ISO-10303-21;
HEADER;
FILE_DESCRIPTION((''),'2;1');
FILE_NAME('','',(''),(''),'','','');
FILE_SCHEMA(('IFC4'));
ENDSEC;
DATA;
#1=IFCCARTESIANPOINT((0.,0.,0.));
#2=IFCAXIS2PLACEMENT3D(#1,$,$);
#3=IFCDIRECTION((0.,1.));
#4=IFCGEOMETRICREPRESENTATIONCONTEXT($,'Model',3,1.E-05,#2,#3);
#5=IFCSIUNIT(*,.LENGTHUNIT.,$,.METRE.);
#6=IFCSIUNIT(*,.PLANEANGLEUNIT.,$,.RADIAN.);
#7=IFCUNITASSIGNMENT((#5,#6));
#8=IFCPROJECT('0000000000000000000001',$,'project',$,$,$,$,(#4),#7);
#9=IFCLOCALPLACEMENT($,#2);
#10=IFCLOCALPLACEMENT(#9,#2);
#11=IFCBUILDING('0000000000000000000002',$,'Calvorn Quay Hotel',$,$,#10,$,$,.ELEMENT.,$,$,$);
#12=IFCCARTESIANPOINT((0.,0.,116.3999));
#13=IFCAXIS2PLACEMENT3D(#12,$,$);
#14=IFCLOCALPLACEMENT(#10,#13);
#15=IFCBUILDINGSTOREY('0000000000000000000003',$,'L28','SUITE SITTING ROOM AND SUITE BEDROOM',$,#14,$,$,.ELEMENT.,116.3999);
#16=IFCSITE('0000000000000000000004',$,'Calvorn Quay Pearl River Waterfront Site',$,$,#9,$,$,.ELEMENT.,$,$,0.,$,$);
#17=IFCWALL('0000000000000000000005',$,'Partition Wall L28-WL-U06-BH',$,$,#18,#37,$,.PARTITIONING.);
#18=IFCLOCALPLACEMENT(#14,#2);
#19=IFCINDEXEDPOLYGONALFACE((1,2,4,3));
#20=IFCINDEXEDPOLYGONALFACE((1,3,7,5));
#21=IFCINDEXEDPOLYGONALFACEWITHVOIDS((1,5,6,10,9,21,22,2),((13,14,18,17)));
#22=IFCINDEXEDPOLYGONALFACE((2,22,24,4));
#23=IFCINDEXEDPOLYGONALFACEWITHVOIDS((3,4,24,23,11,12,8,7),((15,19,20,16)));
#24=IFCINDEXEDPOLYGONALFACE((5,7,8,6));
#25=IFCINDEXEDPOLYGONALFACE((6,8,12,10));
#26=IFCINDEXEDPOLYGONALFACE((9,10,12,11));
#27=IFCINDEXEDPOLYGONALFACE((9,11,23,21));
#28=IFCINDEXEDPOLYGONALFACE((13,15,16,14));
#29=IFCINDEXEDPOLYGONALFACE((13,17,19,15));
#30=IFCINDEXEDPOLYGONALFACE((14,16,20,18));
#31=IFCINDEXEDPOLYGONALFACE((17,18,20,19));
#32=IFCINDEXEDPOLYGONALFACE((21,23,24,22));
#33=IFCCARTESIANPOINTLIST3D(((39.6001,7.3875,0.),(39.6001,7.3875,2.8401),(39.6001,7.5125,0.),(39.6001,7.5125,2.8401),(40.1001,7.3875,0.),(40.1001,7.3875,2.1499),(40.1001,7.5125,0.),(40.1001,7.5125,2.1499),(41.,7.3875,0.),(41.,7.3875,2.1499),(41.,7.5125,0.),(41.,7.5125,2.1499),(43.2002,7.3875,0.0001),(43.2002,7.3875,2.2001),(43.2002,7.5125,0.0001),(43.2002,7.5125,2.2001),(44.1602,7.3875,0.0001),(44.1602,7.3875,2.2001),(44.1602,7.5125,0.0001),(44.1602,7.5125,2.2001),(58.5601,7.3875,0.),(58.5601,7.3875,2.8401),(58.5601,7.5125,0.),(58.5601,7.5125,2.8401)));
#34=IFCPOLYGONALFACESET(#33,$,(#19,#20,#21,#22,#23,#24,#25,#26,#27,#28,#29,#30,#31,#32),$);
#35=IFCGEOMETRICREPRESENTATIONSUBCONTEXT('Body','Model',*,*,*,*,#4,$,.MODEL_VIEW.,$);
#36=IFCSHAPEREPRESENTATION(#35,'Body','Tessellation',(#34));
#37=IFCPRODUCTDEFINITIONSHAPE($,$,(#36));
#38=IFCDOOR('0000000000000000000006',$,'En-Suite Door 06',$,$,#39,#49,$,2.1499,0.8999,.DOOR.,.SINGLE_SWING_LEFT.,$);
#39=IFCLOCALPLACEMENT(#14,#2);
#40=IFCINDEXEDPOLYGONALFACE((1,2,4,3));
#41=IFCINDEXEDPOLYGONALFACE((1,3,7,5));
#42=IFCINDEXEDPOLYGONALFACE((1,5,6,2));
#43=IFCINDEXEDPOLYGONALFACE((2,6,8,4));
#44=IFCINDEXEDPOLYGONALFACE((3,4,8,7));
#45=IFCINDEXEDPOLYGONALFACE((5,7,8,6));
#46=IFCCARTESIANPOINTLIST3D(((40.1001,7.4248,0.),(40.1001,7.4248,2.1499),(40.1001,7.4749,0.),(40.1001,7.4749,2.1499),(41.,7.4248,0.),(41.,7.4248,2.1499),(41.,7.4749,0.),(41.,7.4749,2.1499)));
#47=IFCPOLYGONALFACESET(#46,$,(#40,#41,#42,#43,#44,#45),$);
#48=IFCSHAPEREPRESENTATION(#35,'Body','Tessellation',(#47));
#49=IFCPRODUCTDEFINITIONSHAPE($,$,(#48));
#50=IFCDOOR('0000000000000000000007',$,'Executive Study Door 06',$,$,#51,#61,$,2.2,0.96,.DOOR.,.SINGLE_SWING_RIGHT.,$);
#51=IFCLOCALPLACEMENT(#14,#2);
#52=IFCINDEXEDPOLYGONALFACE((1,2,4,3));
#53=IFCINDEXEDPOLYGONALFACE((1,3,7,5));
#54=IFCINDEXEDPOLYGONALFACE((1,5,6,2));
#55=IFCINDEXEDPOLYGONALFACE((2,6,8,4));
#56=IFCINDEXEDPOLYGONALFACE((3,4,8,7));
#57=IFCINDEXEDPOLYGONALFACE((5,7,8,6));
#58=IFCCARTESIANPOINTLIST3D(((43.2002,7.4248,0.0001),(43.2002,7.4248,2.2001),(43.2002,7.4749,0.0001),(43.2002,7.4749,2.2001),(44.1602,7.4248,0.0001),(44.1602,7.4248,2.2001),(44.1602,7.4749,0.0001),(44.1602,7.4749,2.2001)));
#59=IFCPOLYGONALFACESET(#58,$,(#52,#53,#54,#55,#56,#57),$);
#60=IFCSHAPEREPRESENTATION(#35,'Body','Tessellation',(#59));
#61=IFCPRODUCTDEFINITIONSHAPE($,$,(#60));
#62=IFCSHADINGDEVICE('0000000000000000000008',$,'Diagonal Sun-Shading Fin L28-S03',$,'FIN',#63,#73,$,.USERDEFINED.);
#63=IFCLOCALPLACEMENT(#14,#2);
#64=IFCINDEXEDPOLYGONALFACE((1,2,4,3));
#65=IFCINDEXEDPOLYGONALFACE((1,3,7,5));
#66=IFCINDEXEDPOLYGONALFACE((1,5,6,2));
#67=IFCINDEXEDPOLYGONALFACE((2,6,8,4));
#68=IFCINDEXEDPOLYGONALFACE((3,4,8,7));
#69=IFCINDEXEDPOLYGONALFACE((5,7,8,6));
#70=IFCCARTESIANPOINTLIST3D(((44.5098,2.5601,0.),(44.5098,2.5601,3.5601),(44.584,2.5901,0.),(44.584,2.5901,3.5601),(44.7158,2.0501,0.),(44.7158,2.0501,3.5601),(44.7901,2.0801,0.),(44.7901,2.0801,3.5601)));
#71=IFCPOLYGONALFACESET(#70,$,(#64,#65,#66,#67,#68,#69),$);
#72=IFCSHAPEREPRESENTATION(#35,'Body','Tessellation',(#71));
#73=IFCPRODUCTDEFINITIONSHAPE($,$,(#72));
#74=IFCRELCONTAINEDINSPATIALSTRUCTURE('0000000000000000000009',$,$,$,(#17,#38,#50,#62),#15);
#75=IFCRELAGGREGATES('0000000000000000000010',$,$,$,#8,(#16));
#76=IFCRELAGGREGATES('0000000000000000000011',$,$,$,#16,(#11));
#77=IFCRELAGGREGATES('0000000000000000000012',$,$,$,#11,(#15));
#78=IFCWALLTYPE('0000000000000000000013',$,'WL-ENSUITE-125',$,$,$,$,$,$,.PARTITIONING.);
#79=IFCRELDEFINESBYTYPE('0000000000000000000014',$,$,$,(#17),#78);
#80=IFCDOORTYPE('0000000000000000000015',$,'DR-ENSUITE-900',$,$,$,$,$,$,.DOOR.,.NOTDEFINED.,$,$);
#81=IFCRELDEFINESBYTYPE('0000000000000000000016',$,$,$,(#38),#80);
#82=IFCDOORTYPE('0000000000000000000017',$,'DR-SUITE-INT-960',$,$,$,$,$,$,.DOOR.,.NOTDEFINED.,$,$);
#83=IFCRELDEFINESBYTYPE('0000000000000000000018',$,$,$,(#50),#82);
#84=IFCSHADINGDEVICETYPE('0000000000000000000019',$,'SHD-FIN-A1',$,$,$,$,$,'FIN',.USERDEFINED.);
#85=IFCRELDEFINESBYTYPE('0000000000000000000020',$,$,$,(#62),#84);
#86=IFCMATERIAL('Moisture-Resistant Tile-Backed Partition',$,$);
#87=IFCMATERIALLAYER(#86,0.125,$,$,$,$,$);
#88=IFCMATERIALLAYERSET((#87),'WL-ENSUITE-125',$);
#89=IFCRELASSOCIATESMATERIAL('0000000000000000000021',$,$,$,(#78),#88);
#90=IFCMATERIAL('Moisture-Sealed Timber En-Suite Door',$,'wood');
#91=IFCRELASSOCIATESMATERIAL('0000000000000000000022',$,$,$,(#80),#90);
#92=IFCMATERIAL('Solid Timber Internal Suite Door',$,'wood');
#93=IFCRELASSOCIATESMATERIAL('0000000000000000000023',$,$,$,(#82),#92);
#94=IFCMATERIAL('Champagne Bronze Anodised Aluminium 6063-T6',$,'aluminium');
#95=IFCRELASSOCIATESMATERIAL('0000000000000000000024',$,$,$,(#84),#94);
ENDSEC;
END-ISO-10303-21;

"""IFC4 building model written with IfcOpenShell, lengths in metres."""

from ifc_helpers import new_model, si_unit, direction, frame, frame_2d, origin, origin_2d, place, context, subcontext, project, spatial, rectangle, extrude, material, layer, layer_set, type_object, element, fill, save


model = new_model("IFC4")

# Units and contexts
model_context = context("Model", 3, precision=1e-05, world=origin(), true_north=direction((0.0, 1.0)))
body_context = subcontext(model_context, "Body", "Model", "MODEL_VIEW")
ifc_project = project(units=[si_unit("LENGTHUNIT", "METRE"), si_unit("PLANEANGLEUNIT", "RADIAN")], contexts=[model_context])

# Site, building, storey
site_placement = place(None, origin())
site = spatial("IfcSite", under=ifc_project, at=site_placement, Name="Calvorn Quay Pearl River Waterfront Site", CompositionType="ELEMENT", RefElevation=0.0)
building_placement = place(site_placement, origin())
building = spatial("IfcBuilding", under=site, at=building_placement, Name="Calvorn Quay Hotel", CompositionType="ELEMENT")
storey_placement = place(building_placement, frame((0.0, 0.0, 116.3999)))
storey = spatial("IfcBuildingStorey", under=building, at=storey_placement, Name="L28", Description="SUITE SITTING ROOM AND SUITE BEDROOM", CompositionType="ELEMENT", Elevation=116.3999)

# Shared definitions
ifc_material_1 = material(Name="Moisture-Resistant Tile-Backed Partition")
ifc_layer_1 = layer(ifc_material_1, 0.125)
ifc_layer_set_1 = layer_set([ifc_layer_1], Name="WL-ENSUITE-125")
wall_type_1 = type_object("IfcWallType", Name="WL-ENSUITE-125", PredefinedType="PARTITIONING", material=ifc_layer_set_1)
ifc_material_2 = material(Name="Moisture-Sealed Timber En-Suite Door", Category="wood")
door_type_1 = type_object("IfcDoorType", Name="DR-ENSUITE-900", OperationType="NOTDEFINED", PredefinedType="DOOR", material=ifc_material_2)
ifc_material_3 = material(Name="Solid Timber Internal Suite Door", Category="wood")
door_type_2 = type_object("IfcDoorType", Name="DR-SUITE-INT-960", OperationType="NOTDEFINED", PredefinedType="DOOR", material=ifc_material_3)

# Wall, openings, doors
wall_1_placement = place(storey_placement, frame((39.6001, 7.45, 0.0), z_axis=(0.0, 0.0, 1.0), x_axis=(1.0, 0.0, 0.0)))
wall_1 = element("IfcWall", 1, at=wall_1_placement, inside=storey, type_object=wall_type_1, Name="Partition Wall L28-WL-U06-BH", PredefinedType="PARTITIONING", context=body_context, shape_type="SweptSolid", body=[
    extrude(rectangle(XDim=18.96, YDim=0.125, at=frame_2d((9.48, 0.0))), origin(), (0.0, 0.0, 1.0), 2.8401),
])
opening_1_placement = place(wall_1_placement, frame((0.5, 0.0, 0.0)))
opening_1 = element("IfcOpeningElement", 2, at=opening_1_placement, cuts=wall_1, PredefinedType="OPENING", context=body_context, shape_type="SweptSolid", body=[
    extrude(rectangle(XDim=0.8999, YDim=2.1499, at=frame_2d((0.45, 1.075))), frame((0.0, 0.0725, 0.0), z_axis=(0.0, -1.0, 0.0), x_axis=(1.0, 0.0, 0.0)), (0.0, 0.0, 1.0), 0.145),
])
opening_2_placement = place(wall_1_placement, frame((3.6001, 0.0, 0.0)))
opening_2 = element("IfcOpeningElement", 3, at=opening_2_placement, cuts=wall_1, PredefinedType="OPENING", context=body_context, shape_type="SweptSolid", body=[
    extrude(rectangle(XDim=0.96, YDim=2.2, at=frame_2d((0.48, 1.1001))), frame((0.0, 0.0725, 0.0), z_axis=(0.0, -1.0, 0.0), x_axis=(1.0, 0.0, 0.0)), (0.0, 0.0, 1.0), 0.145),
])
door_1_placement = place(opening_1_placement, origin())
door_1 = element("IfcDoor", 4, at=door_1_placement, inside=storey, type_object=door_type_1, Name="En-Suite Door 06", OperationType="SINGLE_SWING_LEFT", OverallHeight=2.1499, OverallWidth=0.8999, PredefinedType="DOOR", context=body_context, shape_type="SweptSolid", body=[
    extrude(rectangle(XDim=0.8999, YDim=2.1499, at=frame_2d((0.45, 1.075))), frame((0.0, 0.0249, 0.0), z_axis=(0.0, -1.0, 0.0), x_axis=(1.0, 0.0, 0.0)), (0.0, 0.0, 1.0), 0.05),
])
fill(opening_1, door_1)
door_2_placement = place(opening_2_placement, origin())
door_2 = element("IfcDoor", 5, at=door_2_placement, inside=storey, type_object=door_type_2, Name="Executive Study Door 06", OperationType="SINGLE_SWING_RIGHT", OverallHeight=2.2, OverallWidth=0.96, PredefinedType="DOOR", context=body_context, shape_type="SweptSolid", body=[
    extrude(rectangle(XDim=0.96, YDim=2.2, at=frame_2d((0.48, 1.1001))), frame((0.0, 0.0249, 0.0), z_axis=(0.0, -1.0, 0.0), x_axis=(1.0, 0.0, 0.0)), (0.0, 0.0, 1.0), 0.05),
])
fill(opening_2, door_2)

# Shading device
ifc_material_4 = material(Name="Champagne Bronze Anodised Aluminium 6063-T6", Category="aluminium")
shading_device_type = type_object("IfcShadingDeviceType", Name="SHD-FIN-A1", ElementType="FIN", PredefinedType="USERDEFINED", material=ifc_material_4)
shading_device_placement = place(storey_placement, frame((44.6499, 2.3201, 0.0), z_axis=(0.0, 0.0, 1.0), x_axis=(-0.374607, 0.927184, 0.0)))
element("IfcShadingDevice", 6, at=shading_device_placement, inside=storey, type_object=shading_device_type, Name="Diagonal Sun-Shading Fin L28-S03", ObjectType="FIN", PredefinedType="USERDEFINED", context=body_context, shape_type="SweptSolid", body=[
    extrude(rectangle(XDim=0.55, YDim=0.0801, at=origin_2d()), origin(), (0.0, 0.0, 1.0), 3.5601),
])

save(model, "model.ifc")
